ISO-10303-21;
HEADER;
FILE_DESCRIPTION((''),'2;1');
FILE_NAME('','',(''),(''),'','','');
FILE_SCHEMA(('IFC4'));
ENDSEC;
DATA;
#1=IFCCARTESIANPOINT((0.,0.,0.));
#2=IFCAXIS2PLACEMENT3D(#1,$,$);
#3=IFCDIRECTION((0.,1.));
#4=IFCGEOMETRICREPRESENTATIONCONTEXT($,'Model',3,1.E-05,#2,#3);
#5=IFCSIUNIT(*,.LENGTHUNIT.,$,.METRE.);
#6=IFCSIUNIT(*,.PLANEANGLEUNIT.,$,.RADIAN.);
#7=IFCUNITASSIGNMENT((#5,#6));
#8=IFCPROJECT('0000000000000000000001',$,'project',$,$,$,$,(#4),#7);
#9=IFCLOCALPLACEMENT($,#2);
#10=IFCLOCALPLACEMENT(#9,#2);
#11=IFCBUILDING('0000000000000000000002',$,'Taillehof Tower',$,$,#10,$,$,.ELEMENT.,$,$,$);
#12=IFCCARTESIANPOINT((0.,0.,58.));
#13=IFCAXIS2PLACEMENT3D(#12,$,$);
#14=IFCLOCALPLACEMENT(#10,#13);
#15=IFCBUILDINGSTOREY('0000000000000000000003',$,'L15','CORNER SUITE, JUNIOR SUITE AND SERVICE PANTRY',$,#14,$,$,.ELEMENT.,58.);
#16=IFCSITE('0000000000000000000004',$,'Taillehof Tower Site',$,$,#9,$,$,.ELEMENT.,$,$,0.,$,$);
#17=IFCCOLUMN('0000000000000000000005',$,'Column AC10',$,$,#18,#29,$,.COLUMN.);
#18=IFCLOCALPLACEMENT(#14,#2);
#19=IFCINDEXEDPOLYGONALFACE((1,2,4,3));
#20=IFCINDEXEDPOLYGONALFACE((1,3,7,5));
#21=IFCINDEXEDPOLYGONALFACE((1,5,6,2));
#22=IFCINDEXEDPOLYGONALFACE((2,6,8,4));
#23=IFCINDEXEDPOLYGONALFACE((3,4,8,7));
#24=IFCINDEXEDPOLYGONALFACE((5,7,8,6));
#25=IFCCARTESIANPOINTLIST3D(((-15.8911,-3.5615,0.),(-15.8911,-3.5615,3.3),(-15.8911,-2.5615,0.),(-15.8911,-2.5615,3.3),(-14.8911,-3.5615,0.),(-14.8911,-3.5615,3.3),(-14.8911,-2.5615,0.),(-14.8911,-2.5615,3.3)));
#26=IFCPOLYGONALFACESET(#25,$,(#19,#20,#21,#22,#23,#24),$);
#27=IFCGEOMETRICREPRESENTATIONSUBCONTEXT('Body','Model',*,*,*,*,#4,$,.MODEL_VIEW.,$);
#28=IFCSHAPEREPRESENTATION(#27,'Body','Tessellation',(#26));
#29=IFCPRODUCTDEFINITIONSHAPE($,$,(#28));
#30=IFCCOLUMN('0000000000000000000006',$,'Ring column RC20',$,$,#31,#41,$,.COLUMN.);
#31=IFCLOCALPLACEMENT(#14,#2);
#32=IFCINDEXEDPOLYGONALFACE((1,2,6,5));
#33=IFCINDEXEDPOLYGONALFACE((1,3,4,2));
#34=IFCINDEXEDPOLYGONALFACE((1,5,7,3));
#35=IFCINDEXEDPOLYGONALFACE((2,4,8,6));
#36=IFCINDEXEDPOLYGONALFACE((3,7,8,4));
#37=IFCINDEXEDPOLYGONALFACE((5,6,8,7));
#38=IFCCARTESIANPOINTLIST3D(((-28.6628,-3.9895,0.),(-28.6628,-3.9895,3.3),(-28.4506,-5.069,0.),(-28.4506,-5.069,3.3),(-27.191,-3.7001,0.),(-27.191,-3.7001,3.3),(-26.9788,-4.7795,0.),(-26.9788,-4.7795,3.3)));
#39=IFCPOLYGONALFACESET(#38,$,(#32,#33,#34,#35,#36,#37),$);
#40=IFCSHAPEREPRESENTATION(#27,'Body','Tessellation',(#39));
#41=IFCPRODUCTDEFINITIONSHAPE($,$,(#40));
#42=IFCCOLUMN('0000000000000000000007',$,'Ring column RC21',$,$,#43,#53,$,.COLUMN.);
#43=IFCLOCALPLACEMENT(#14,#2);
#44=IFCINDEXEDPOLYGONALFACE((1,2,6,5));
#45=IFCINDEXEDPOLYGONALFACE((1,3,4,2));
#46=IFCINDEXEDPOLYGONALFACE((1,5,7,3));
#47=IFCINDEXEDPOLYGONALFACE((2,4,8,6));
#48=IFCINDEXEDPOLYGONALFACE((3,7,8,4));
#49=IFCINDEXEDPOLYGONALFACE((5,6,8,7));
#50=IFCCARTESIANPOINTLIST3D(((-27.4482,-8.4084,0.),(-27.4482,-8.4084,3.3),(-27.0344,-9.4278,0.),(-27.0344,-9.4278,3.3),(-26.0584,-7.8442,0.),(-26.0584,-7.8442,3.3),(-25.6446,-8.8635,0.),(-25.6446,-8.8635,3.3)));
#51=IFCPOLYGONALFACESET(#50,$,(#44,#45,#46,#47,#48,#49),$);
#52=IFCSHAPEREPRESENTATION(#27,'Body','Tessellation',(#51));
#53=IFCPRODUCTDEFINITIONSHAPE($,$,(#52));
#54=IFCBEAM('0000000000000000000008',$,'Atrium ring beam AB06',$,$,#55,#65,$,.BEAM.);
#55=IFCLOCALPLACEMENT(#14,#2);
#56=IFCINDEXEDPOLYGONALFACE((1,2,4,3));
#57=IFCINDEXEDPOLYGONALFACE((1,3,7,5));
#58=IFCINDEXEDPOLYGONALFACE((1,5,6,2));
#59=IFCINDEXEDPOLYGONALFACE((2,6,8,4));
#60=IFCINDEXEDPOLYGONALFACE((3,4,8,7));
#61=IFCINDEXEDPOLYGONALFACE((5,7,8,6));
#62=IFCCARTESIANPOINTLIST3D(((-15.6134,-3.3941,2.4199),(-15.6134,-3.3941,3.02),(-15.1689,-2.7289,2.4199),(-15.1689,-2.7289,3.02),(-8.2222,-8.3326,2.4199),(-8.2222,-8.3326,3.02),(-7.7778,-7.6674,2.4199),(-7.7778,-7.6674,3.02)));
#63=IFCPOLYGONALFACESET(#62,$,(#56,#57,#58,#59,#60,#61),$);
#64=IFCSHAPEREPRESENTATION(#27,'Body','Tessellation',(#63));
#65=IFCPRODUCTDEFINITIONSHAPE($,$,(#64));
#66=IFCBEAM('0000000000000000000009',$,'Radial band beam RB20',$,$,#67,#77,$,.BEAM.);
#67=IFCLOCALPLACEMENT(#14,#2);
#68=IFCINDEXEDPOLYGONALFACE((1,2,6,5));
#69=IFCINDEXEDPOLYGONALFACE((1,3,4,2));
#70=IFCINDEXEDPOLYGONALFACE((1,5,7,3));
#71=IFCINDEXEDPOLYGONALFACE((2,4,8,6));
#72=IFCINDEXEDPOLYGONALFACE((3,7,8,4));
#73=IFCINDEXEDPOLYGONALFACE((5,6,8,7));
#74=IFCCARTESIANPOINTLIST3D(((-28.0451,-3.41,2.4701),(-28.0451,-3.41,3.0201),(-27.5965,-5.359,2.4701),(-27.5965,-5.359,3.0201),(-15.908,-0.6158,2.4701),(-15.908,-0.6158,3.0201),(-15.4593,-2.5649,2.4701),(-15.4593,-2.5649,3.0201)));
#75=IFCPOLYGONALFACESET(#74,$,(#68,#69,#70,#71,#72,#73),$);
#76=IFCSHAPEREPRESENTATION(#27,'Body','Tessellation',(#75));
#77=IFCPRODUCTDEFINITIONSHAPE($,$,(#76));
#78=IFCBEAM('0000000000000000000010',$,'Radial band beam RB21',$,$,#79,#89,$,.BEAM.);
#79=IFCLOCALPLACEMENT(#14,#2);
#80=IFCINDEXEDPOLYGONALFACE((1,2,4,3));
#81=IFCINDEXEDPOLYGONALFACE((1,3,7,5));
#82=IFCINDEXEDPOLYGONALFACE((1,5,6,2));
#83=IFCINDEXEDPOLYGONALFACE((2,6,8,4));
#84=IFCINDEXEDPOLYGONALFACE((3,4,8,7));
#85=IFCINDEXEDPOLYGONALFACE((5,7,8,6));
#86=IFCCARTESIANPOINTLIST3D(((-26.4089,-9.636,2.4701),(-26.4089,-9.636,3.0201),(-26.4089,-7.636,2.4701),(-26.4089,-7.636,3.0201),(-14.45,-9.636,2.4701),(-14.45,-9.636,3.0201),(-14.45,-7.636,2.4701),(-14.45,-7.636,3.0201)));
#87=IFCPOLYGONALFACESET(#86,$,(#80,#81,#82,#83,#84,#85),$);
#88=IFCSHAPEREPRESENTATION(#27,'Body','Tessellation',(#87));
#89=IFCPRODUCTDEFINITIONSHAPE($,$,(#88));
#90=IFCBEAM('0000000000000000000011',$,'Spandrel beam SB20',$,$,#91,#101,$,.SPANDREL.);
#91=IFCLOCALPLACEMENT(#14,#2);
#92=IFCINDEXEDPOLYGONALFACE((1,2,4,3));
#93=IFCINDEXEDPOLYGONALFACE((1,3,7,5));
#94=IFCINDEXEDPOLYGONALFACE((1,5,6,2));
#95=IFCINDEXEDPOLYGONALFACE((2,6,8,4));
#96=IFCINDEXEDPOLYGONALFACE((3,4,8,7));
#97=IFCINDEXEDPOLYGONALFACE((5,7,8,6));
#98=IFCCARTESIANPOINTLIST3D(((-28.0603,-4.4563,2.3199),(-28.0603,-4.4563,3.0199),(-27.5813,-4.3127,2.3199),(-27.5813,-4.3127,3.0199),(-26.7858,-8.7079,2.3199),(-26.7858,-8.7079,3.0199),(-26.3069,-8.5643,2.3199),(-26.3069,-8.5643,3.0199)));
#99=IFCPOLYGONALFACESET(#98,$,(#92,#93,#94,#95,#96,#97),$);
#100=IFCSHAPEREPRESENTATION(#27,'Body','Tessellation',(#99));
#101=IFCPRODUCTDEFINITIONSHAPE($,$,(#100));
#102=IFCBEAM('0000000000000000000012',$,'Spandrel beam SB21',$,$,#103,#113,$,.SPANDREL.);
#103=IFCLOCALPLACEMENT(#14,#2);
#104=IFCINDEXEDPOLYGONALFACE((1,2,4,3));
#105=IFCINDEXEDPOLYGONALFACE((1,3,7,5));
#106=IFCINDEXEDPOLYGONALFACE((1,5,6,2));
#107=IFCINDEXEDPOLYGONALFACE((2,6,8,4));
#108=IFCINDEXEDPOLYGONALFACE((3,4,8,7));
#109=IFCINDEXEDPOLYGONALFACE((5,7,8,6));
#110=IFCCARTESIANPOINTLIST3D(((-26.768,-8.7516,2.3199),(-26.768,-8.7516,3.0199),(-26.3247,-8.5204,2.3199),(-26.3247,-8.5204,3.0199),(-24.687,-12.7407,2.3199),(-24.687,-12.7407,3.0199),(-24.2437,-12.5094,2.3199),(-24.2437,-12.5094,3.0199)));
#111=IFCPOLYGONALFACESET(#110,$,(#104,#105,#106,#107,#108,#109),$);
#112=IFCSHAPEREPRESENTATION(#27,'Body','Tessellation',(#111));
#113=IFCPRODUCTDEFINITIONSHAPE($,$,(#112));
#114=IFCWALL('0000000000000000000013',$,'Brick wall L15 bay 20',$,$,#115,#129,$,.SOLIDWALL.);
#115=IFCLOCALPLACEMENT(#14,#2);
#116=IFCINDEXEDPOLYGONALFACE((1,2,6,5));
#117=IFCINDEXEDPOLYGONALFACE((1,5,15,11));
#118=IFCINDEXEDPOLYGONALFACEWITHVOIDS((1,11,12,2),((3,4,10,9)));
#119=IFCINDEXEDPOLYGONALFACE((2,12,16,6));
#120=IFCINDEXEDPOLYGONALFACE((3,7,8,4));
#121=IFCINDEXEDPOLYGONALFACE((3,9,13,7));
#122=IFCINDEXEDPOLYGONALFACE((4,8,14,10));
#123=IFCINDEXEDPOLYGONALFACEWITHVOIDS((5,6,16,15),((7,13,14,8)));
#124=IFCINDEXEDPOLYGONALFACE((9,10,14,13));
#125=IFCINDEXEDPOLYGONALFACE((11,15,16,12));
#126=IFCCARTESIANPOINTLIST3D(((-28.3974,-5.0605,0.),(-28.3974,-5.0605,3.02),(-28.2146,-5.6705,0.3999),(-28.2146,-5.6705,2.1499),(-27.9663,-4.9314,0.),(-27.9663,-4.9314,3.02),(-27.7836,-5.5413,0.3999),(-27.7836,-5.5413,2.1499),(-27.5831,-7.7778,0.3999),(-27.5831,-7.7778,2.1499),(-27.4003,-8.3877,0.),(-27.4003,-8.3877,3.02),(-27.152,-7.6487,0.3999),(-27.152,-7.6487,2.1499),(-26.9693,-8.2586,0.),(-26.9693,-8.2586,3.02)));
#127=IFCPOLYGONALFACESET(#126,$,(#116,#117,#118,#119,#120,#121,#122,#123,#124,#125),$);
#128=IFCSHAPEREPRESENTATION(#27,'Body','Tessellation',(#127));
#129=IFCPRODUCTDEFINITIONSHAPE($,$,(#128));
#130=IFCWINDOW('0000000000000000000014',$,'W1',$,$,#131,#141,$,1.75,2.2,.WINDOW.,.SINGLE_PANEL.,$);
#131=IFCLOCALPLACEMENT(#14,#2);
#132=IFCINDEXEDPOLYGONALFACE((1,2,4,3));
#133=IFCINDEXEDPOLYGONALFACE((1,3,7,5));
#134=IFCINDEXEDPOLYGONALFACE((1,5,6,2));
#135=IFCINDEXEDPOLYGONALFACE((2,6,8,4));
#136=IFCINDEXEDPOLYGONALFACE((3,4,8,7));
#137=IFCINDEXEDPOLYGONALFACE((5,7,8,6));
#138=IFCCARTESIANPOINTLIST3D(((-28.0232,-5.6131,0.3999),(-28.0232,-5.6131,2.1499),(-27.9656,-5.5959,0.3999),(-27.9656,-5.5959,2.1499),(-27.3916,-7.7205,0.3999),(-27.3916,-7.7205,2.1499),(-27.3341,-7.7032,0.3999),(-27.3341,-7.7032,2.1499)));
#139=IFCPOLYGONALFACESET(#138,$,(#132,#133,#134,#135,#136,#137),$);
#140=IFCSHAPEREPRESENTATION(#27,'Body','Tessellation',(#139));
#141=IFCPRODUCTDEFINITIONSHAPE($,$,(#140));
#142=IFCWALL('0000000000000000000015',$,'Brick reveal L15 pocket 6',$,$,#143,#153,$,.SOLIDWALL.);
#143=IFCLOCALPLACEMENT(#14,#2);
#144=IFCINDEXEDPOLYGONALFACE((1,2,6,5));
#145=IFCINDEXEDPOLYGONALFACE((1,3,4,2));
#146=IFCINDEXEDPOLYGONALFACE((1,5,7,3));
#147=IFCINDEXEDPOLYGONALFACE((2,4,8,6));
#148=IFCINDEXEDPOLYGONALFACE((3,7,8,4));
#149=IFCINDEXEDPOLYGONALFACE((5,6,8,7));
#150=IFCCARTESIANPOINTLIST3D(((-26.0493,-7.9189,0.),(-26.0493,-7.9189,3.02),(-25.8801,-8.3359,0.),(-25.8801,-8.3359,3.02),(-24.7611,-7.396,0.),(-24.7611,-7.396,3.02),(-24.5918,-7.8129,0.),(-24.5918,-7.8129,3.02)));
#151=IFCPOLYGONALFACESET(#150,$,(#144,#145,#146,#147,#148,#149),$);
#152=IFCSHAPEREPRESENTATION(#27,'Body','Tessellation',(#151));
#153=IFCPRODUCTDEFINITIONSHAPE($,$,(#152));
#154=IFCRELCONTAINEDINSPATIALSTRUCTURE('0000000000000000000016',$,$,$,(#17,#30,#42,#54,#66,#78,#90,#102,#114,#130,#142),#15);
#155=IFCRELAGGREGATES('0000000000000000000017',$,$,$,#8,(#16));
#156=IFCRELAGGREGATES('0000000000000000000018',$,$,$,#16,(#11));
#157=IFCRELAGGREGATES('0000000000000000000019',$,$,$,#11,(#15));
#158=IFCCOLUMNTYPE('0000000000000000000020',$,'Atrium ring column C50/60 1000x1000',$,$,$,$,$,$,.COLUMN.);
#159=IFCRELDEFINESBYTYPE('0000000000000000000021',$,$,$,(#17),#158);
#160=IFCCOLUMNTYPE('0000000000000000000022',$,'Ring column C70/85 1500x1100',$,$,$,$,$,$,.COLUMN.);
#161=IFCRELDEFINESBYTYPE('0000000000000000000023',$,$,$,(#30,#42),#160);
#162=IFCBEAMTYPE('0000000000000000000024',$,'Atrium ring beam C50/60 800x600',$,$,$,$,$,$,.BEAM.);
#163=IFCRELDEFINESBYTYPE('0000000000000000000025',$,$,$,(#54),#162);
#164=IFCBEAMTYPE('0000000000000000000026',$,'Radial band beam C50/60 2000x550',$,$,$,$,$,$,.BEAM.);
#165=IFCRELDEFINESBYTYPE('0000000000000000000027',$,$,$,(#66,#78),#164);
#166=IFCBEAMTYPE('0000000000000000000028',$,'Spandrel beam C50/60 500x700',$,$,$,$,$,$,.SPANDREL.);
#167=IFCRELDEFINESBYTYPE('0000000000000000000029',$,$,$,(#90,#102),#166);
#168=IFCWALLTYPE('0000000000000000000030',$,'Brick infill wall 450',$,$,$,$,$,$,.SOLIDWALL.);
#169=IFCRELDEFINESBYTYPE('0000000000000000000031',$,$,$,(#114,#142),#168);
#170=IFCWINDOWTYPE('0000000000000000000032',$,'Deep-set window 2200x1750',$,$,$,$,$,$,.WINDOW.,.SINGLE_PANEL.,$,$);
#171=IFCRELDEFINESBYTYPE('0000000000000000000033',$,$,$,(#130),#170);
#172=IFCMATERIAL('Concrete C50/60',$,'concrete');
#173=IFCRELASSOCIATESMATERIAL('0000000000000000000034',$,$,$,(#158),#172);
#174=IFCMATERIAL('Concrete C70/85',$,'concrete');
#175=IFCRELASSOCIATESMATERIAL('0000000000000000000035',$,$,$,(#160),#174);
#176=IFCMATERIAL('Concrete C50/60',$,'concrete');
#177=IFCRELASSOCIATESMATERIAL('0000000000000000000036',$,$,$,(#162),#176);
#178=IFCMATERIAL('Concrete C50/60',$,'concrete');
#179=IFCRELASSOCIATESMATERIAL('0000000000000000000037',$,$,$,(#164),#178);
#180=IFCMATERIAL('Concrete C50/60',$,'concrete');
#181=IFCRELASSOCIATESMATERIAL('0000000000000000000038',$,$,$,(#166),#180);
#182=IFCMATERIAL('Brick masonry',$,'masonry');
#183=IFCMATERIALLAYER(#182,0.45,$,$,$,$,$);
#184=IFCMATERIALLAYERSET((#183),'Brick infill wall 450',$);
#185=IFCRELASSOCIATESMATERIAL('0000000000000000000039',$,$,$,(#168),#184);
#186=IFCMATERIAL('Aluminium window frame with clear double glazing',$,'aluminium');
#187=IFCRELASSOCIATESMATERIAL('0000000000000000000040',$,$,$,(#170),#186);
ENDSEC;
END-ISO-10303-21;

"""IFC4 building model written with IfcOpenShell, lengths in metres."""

from ifc_helpers import new_model, si_unit, direction, frame, frame_2d, origin, origin_2d, place, context, subcontext, project, spatial, rectangle, extrude, material, layer, layer_set, material_profile, profile_set, type_object, element, fill, save


model = new_model("IFC4")

# Units and contexts
model_context = context("Model", 3, precision=1e-05, world=origin(), true_north=direction((0.0, 1.0)))
body_context = subcontext(model_context, "Body", "Model", "MODEL_VIEW")
ifc_project = project(units=[si_unit("LENGTHUNIT", "METRE"), si_unit("PLANEANGLEUNIT", "RADIAN")], contexts=[model_context])

# Site, building, storey
site_placement = place(None, origin())
site = spatial("IfcSite", under=ifc_project, at=site_placement, Name="Taillehof Tower Site", CompositionType="ELEMENT", RefElevation=0.0)
building_placement = place(site_placement, origin())
building = spatial("IfcBuilding", under=site, at=building_placement, Name="Taillehof Tower", CompositionType="ELEMENT")
storey_placement = place(building_placement, frame((0.0, 0.0, 58.0)))
storey = spatial("IfcBuildingStorey", under=building, at=storey_placement, Name="L15", Description="CORNER SUITE, JUNIOR SUITE AND SERVICE PANTRY", CompositionType="ELEMENT", Elevation=58.0)

# Columns
ifc_material_1 = material(Name="Concrete C50/60", Category="concrete")
ifc_material_profile_1 = material_profile(ifc_material_1, rectangle(XDim=1.0, YDim=1.0, at=origin_2d()), Name="RC 1000x1000")
ifc_profile_set_1 = profile_set([ifc_material_profile_1], Name="Concrete C50/60")
column_type_1 = type_object("IfcColumnType", Name="Atrium ring column C50/60 1000x1000", PredefinedType="COLUMN", material=ifc_profile_set_1)
column_placement = place(storey_placement, frame((-15.3911, -3.0615, 0.0), z_axis=(0.0, 0.0, 1.0), x_axis=(1.0, 0.0, 0.0)))
element("IfcColumn", 1, at=column_placement, inside=storey, type_object=column_type_1, Name="Column AC10", PredefinedType="COLUMN", context=body_context, shape_type="SweptSolid", body=[
    extrude(rectangle(XDim=1.0, YDim=1.0, at=origin_2d()), origin(), (0.0, 0.0, 1.0), 3.3),
])
ifc_material_2 = material(Name="Concrete C70/85", Category="concrete")
ifc_material_profile_2 = material_profile(ifc_material_2, rectangle(XDim=1.5, YDim=1.1001, at=origin_2d()), Name="RC 1500x1100")
ifc_profile_set_2 = profile_set([ifc_material_profile_2], Name="Concrete C70/85")
column_type_2 = type_object("IfcColumnType", Name="Ring column C70/85 1500x1100", PredefinedType="COLUMN", material=ifc_profile_set_2)
for number, where, z_axis, x_axis, name in (
    (2, (-27.8208, -4.3845, 0.0), (0.0, 0.0, 1.0), (-0.981204, -0.192976, 0.0), "Ring column RC20"),
    (3, (-26.5464, -8.636, 0.0), (0.0, 0.0, 1.0), (-0.926558, -0.376152, 0.0), "Ring column RC21"),
):
    element("IfcColumn", number, at=place(storey_placement, frame(where, z_axis=z_axis, x_axis=x_axis)), inside=storey, type_object=column_type_2, Name=name, PredefinedType="COLUMN", context=body_context, shape_type="SweptSolid", body=[
        extrude(rectangle(XDim=1.5, YDim=1.1001, at=origin_2d()), origin(), (0.0, 0.0, 1.0), 3.3),
    ])

# Beams
ifc_material_3 = material(Name="Concrete C50/60", Category="concrete")
ifc_material_profile_3 = material_profile(ifc_material_3, rectangle(XDim=0.8, YDim=0.6001, at=origin_2d()), Name="RC 800x600")
ifc_profile_set_3 = profile_set([ifc_material_profile_3], Name="Concrete C50/60")
beam_type_1 = type_object("IfcBeamType", Name="Atrium ring beam C50/60 800x600", PredefinedType="BEAM", material=ifc_profile_set_3)
beam_1_placement = place(storey_placement, frame((-15.3911, -3.0615, 2.72), z_axis=(0.831475, -0.555562, 0.0), x_axis=(0.555562, 0.831475, 0.0)))
element("IfcBeam", 4, at=beam_1_placement, inside=storey, type_object=beam_type_1, Name="Atrium ring beam AB06", PredefinedType="BEAM", context=body_context, shape_type="SweptSolid", body=[
    extrude(rectangle(XDim=0.8, YDim=0.6001, at=origin_2d()), origin(), (0.0, 0.0, 1.0), 8.8892),
])
ifc_material_4 = material(Name="Concrete C50/60", Category="concrete")
ifc_material_profile_4 = material_profile(ifc_material_4, rectangle(XDim=2.0, YDim=0.55, at=origin_2d()), Name="RC 2000x550")
ifc_profile_set_4 = profile_set([ifc_material_profile_4], Name="Concrete C50/60")
beam_type_2 = type_object("IfcBeamType", Name="Radial band beam C50/60 2000x550", PredefinedType="BEAM", material=ifc_profile_set_4)
beam_2_placement = place(storey_placement, frame((-27.8208, -4.3845, 2.7451), z_axis=(0.974509, 0.224348, 0.0), x_axis=(-0.224348, 0.974509, 0.0)))
element("IfcBeam", 5, at=beam_2_placement, inside=storey, type_object=beam_type_2, Name="Radial band beam RB20", PredefinedType="BEAM", context=body_context, shape_type="SweptSolid", body=[
    extrude(rectangle(XDim=2.0, YDim=0.55, at=origin_2d()), origin(), (0.0, 0.0, 1.0), 12.4546),
])
beam_3_placement = place(storey_placement, frame((-26.4089, -8.636, 2.7451), z_axis=(1.0, 0.0, 0.0), x_axis=(0.0, 1.0, 0.0)))
element("IfcBeam", 6, at=beam_3_placement, inside=storey, type_object=beam_type_2, Name="Radial band beam RB21", PredefinedType="BEAM", context=body_context, shape_type="SweptSolid", body=[
    extrude(rectangle(XDim=2.0, YDim=0.55, at=origin_2d()), origin(), (0.0, 0.0, 1.0), 11.959),
])
ifc_material_5 = material(Name="Concrete C50/60", Category="concrete")
ifc_material_profile_5 = material_profile(ifc_material_5, rectangle(XDim=0.5, YDim=0.7, at=origin_2d()), Name="RC 500x700")
ifc_profile_set_5 = profile_set([ifc_material_profile_5], Name="Concrete C50/60")
beam_type_3 = type_object("IfcBeamType", Name="Spandrel beam C50/60 500x700", PredefinedType="SPANDREL", material=ifc_profile_set_5)
beam_4_placement = place(storey_placement, frame((-27.8208, -4.3845, 2.6699), z_axis=(0.287136, -0.95789, 0.0), x_axis=(0.95789, 0.287136, 0.0)))
element("IfcBeam", 7, at=beam_4_placement, inside=storey, type_object=beam_type_3, Name="Spandrel beam SB20", PredefinedType="SPANDREL", context=body_context, shape_type="SweptSolid", body=[
    extrude(rectangle(XDim=0.5, YDim=0.7, at=origin_2d()), origin(), (0.0, 0.0, 1.0), 4.4385),
])
beam_5_placement = place(storey_placement, frame((-26.5464, -8.636, 2.6699), z_axis=(0.462536, -0.8866, 0.0), x_axis=(0.8866, 0.462536, 0.0)))
element("IfcBeam", 8, at=beam_5_placement, inside=storey, type_object=beam_type_3, Name="Spandrel beam SB21", PredefinedType="SPANDREL", context=body_context, shape_type="SweptSolid", body=[
    extrude(rectangle(XDim=0.5, YDim=0.7, at=origin_2d()), origin(), (0.0, 0.0, 1.0), 4.4993),
])

# Wall, opening, window
ifc_material_6 = material(Name="Brick masonry", Category="masonry")
ifc_layer_1 = layer(ifc_material_6, 0.45)
ifc_layer_set_1 = layer_set([ifc_layer_1], Name="Brick infill wall 450")
wall_type_1 = type_object("IfcWallType", Name="Brick infill wall 450", PredefinedType="SOLIDWALL", material=ifc_layer_set_1)
wall_1_placement = place(storey_placement, frame((-28.1819, -4.9958, 0.0), z_axis=(0.0, 0.0, 1.0), x_axis=(0.287064, -0.957911, 0.0)))
wall_1 = element("IfcWall", 9, at=wall_1_placement, inside=storey, type_object=wall_type_1, Name="Brick wall L15 bay 20", PredefinedType="SOLIDWALL", context=body_context, shape_type="SweptSolid", body=[
    extrude(rectangle(XDim=3.4734, YDim=0.45, at=frame_2d((1.7368, 0.0))), origin(), (0.0, 0.0, 1.0), 3.02),
])
opening_1_placement = place(wall_1_placement, frame((0.6367, 0.0, 0.3999)))
opening_1 = element("IfcOpeningElement", 10, at=opening_1_placement, cuts=wall_1, PredefinedType="OPENING", context=body_context, shape_type="SweptSolid", body=[
    extrude(rectangle(XDim=2.2, YDim=1.75, at=frame_2d((1.1001, 0.875))), frame((0.0, 0.2349, 0.0), z_axis=(0.0, -1.0, 0.0), x_axis=(1.0, 0.0, 0.0)), (0.0, 0.0, 1.0), 0.47),
])
ifc_material_7 = material(Name="Aluminium window frame with clear double glazing", Category="aluminium")
window_type_1 = type_object("IfcWindowType", Name="Deep-set window 2200x1750", PartitioningType="SINGLE_PANEL", PredefinedType="WINDOW", material=ifc_material_7)
window_1_placement = place(opening_1_placement, origin())
window_1 = element("IfcWindow", 11, at=window_1_placement, inside=storey, type_object=window_type_1, Name="W1", OverallHeight=1.75, OverallWidth=2.2, PartitioningType="SINGLE_PANEL", PredefinedType="WINDOW", context=body_context, shape_type="SweptSolid", body=[
    extrude(rectangle(XDim=2.2, YDim=1.75, at=frame_2d((1.1001, 0.875))), frame((0.0, 0.0349, 0.0), z_axis=(0.0, -1.0, 0.0), x_axis=(1.0, 0.0, 0.0)), (0.0, 0.0, 1.0), 0.0601),
])
fill(opening_1, window_1)

# Wall
wall_2_placement = place(storey_placement, frame((-25.9648, -8.1274, 0.0), z_axis=(0.0, 0.0, 1.0), x_axis=(0.926576, 0.376109, 0.0)))
element("IfcWall", 12, at=wall_2_placement, inside=storey, type_object=wall_type_1, Name="Brick reveal L15 pocket 6", PredefinedType="SOLIDWALL", context=body_context, shape_type="SweptSolid", body=[
    extrude(rectangle(XDim=1.3904, YDim=0.45, at=frame_2d((0.6953, 0.0))), origin(), (0.0, 0.0, 1.0), 3.02),
])

save(model, "model.ifc")
